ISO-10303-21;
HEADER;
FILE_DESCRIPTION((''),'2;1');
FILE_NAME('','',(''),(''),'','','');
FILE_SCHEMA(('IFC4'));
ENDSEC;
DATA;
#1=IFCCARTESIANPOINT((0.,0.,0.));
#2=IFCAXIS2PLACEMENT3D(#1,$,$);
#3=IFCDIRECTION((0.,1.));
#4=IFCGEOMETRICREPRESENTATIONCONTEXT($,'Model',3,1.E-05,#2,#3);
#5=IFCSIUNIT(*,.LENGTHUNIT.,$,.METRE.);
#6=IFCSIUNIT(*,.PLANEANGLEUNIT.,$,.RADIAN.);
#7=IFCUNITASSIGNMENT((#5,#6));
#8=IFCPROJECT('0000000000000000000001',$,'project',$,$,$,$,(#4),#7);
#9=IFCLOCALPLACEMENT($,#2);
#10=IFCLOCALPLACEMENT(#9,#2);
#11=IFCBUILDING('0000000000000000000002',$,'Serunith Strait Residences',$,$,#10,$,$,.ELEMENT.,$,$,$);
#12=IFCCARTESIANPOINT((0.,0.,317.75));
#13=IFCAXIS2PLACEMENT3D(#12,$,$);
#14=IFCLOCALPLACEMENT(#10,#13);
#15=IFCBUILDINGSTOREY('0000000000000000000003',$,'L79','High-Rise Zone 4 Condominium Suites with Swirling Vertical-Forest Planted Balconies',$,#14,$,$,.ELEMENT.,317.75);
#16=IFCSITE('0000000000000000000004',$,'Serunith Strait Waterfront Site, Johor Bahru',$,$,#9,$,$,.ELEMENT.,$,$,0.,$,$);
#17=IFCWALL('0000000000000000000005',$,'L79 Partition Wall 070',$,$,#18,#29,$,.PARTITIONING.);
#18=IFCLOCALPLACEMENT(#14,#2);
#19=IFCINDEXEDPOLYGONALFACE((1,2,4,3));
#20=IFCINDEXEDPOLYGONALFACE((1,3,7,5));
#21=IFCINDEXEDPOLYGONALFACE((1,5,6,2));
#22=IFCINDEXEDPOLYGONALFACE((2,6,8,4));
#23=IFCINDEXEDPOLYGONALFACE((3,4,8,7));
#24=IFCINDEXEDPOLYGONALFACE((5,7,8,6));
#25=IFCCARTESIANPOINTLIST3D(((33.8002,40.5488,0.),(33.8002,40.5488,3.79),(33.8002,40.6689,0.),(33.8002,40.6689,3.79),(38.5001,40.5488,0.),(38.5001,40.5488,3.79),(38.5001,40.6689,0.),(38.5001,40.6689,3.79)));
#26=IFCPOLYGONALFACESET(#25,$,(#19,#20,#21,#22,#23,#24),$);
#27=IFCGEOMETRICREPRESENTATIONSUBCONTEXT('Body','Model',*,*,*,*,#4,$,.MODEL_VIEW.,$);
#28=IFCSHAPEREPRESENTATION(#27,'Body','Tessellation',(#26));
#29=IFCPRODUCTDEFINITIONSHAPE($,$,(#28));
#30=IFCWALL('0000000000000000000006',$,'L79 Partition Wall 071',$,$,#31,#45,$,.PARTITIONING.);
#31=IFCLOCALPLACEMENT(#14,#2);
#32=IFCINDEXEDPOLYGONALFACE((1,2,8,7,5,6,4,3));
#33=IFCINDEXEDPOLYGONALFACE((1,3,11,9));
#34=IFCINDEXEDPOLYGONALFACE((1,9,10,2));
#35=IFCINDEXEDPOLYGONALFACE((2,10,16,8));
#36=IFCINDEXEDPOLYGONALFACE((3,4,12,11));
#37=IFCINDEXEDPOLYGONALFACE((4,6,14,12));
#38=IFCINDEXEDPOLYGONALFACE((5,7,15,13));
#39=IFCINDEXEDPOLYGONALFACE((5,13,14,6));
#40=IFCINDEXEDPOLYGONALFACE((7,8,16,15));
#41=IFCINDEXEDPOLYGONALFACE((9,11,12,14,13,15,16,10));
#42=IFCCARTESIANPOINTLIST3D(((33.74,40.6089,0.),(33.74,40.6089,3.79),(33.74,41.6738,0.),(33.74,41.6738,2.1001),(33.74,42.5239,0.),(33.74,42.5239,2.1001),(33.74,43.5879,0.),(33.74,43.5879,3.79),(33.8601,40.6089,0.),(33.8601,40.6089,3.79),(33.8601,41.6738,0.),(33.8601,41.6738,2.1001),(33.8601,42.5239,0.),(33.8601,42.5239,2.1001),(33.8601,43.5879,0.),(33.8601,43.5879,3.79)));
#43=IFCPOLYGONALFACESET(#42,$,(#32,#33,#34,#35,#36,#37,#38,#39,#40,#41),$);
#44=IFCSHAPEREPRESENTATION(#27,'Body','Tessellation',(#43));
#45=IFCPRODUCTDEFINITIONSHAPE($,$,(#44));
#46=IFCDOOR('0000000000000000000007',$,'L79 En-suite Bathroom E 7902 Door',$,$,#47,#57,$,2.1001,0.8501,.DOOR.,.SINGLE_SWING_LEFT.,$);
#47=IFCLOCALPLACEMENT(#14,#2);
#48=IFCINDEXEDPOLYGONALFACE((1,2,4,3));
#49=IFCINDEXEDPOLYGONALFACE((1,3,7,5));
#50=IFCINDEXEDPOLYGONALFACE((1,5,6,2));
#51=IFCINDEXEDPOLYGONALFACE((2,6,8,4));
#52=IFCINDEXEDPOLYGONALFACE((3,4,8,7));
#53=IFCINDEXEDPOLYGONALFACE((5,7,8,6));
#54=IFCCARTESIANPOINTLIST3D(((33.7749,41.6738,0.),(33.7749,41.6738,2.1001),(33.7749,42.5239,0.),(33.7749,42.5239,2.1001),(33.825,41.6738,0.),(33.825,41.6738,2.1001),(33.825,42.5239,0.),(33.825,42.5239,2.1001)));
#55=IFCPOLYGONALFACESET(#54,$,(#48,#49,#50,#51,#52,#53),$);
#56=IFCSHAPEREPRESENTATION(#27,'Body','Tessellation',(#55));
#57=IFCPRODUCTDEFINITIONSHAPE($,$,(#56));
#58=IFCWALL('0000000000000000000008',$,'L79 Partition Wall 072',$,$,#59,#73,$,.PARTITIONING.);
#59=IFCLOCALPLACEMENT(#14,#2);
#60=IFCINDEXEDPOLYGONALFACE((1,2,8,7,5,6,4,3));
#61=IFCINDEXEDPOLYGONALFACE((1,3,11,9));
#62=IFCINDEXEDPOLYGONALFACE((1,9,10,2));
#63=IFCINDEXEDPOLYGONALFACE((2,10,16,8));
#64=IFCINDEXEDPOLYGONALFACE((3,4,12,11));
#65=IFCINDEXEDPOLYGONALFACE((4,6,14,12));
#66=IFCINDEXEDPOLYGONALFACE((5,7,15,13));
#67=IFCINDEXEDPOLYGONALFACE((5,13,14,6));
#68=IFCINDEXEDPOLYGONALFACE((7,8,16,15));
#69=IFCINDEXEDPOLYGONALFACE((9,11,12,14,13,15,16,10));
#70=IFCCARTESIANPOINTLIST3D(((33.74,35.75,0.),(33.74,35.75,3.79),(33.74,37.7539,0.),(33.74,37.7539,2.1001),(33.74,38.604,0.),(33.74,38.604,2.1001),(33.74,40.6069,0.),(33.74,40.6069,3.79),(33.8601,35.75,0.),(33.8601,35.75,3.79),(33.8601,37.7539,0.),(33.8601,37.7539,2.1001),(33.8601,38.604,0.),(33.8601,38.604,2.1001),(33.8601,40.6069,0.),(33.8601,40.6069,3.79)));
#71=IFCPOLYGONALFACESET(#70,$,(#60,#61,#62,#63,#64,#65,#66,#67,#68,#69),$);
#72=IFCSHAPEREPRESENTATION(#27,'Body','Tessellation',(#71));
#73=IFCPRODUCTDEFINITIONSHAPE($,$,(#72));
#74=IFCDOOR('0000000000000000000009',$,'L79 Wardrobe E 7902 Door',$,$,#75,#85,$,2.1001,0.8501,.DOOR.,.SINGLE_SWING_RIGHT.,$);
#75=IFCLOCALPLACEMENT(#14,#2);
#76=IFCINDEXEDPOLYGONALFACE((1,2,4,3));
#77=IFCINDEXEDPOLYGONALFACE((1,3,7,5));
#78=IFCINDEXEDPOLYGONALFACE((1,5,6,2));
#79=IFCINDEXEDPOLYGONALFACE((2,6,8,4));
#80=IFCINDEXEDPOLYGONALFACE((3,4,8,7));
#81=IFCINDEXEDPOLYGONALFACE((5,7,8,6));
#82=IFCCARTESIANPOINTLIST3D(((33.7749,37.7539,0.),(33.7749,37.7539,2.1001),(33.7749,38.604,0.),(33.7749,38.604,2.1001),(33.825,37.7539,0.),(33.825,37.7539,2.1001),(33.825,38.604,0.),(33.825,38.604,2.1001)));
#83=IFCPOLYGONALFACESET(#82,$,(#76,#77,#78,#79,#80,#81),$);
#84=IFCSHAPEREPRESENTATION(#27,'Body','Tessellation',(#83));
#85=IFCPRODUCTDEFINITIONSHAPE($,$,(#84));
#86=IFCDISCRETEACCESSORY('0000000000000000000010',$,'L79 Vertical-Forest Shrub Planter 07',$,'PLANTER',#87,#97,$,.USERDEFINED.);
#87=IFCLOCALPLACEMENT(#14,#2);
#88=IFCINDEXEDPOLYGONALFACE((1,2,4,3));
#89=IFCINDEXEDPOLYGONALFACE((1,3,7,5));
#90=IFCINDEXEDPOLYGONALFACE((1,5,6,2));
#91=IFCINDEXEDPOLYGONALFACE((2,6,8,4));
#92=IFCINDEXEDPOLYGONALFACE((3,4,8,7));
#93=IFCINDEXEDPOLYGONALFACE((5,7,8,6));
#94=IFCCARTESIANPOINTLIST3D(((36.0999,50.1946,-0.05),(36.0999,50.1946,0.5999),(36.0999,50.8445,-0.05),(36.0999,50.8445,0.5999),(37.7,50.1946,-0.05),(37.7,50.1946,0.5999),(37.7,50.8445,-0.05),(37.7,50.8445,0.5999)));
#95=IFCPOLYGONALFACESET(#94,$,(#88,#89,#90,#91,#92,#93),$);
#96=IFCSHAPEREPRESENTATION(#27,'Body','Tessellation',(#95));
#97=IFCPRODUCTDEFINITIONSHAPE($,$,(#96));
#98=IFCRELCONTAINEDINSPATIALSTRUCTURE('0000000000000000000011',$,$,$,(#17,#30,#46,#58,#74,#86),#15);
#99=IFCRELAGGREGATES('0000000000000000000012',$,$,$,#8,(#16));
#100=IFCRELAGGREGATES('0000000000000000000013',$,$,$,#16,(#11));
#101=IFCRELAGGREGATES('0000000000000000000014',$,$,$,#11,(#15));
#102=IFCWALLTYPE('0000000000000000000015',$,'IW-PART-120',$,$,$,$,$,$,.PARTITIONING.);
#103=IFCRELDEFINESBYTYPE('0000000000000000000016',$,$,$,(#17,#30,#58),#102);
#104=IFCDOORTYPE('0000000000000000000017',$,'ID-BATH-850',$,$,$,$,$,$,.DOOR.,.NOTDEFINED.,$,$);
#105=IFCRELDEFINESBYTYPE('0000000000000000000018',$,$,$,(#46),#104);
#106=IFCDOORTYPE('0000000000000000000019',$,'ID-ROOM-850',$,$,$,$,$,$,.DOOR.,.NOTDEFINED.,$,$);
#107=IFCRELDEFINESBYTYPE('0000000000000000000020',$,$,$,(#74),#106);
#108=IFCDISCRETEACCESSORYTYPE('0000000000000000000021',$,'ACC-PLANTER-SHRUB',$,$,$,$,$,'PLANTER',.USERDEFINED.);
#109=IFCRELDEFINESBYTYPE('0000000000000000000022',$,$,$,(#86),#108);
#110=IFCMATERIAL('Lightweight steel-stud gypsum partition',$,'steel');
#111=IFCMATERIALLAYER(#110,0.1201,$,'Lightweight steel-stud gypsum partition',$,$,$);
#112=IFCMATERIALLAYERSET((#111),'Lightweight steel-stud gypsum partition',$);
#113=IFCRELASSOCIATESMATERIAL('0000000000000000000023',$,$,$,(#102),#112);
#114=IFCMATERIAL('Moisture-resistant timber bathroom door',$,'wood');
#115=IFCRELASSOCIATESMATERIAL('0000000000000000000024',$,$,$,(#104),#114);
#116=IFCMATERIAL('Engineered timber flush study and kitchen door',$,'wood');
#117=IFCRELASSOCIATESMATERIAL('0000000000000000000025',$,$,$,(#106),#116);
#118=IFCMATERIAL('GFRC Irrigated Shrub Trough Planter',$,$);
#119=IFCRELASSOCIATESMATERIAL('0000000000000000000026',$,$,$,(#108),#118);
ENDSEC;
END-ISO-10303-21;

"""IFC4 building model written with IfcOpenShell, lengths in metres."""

from ifc_helpers import new_model, si_unit, direction, frame, frame_2d, origin, origin_2d, place, context, subcontext, project, spatial, rectangle, extrude, source, transform, mapped, material, layer, layer_set, type_object, element, fill, save


model = new_model("IFC4")

# Units and contexts
model_context = context("Model", 3, precision=1e-05, world=origin(), true_north=direction((0.0, 1.0)))
body_context = subcontext(model_context, "Body", "Model", "MODEL_VIEW")
ifc_project = project(units=[si_unit("LENGTHUNIT", "METRE"), si_unit("PLANEANGLEUNIT", "RADIAN")], contexts=[model_context])

# Site, building, storey
site_placement = place(None, origin())
site = spatial("IfcSite", under=ifc_project, at=site_placement, Name="Serunith Strait Waterfront Site, Johor Bahru", CompositionType="ELEMENT", RefElevation=0.0)
building_placement = place(site_placement, origin())
building = spatial("IfcBuilding", under=site, at=building_placement, Name="Serunith Strait Residences", CompositionType="ELEMENT")
storey_placement = place(building_placement, frame((0.0, 0.0, 317.75)))
storey = spatial("IfcBuildingStorey", under=building, at=storey_placement, Name="L79", Description="High-Rise Zone 4 Condominium Suites with Swirling Vertical-Forest Planted Balconies", CompositionType="ELEMENT", Elevation=317.75)

# Wall
ifc_material_1 = material(Name="Lightweight steel-stud gypsum partition", Category="steel")
ifc_layer_1 = layer(ifc_material_1, 0.1201, Name="Lightweight steel-stud gypsum partition")
ifc_layer_set_1 = layer_set([ifc_layer_1], Name="Lightweight steel-stud gypsum partition")
wall_type_1 = type_object("IfcWallType", Name="IW-PART-120", PredefinedType="PARTITIONING", material=ifc_layer_set_1)
wall_1_placement = place(storey_placement, frame((33.8, 40.6089, 0.0), z_axis=(0.0, 0.0, 1.0), x_axis=(1.0, 0.0, 0.0)))
element("IfcWall", 1, at=wall_1_placement, inside=storey, type_object=wall_type_1, Name="L79 Partition Wall 070", PredefinedType="PARTITIONING", context=body_context, shape_type="SweptSolid", body=[
    extrude(rectangle(XDim=4.7, YDim=0.1201, at=frame_2d((2.3501, 0.0))), origin(), (0.0, 0.0, 1.0), 3.79),
])

# Walls, openings, doors
wall_2_placement = place(storey_placement, frame((33.8, 43.5879, 0.0), z_axis=(0.0, 0.0, 1.0), x_axis=(0.0, -1.0, 0.0)))
wall_2 = element("IfcWall", 2, at=wall_2_placement, inside=storey, type_object=wall_type_1, Name="L79 Partition Wall 071", PredefinedType="PARTITIONING", context=body_context, shape_type="SweptSolid", body=[
    extrude(rectangle(XDim=2.979, YDim=0.1201, at=frame_2d((1.4895, 0.0))), origin(), (0.0, 0.0, 1.0), 3.79),
])
opening_1_placement = place(wall_2_placement, frame((1.064, 0.0, 0.0)))
opening_1 = element("IfcOpeningElement", 3, at=opening_1_placement, cuts=wall_2, PredefinedType="OPENING", context=body_context, shape_type="SweptSolid", body=[
    extrude(rectangle(XDim=0.8501, YDim=2.1001, at=frame_2d((0.425, 1.05))), frame((0.0, 0.0701, 0.0), z_axis=(0.0, -1.0, 0.0), x_axis=(1.0, 0.0, 0.0)), (0.0, 0.0, 1.0), 0.1401),
])
ifc_material_2 = material(Name="Moisture-resistant timber bathroom door", Category="wood")
door_type_1 = type_object("IfcDoorType", Name="ID-BATH-850", OperationType="NOTDEFINED", PredefinedType="DOOR", material=ifc_material_2)
shared_shape_1 = source(origin(), body_context, "Body", "SweptSolid", [
    extrude(rectangle(XDim=0.8501, YDim=2.1001, at=frame_2d((0.425, 1.05))), frame((0.0, 0.0249, 0.0), z_axis=(0.0, -1.0, 0.0), x_axis=(1.0, 0.0, 0.0)), (0.0, 0.0, 1.0), 0.05),
])
door_1_placement = place(opening_1_placement, origin())
door_1 = element("IfcDoor", 4, at=door_1_placement, inside=storey, type_object=door_type_1, Name="L79 En-suite Bathroom E 7902 Door", OperationType="SINGLE_SWING_LEFT", OverallHeight=2.1001, OverallWidth=0.8501, PredefinedType="DOOR", context=body_context, shape_type="MappedRepresentation", body=[
    mapped(shared_shape_1, transform((0.0, 0.0, 0.0), scale=1.0)),
])
fill(opening_1, door_1)
wall_3_placement = place(storey_placement, frame((33.8, 40.6069, 0.0), z_axis=(0.0, 0.0, 1.0), x_axis=(0.0, -1.0, 0.0)))
wall_3 = element("IfcWall", 5, at=wall_3_placement, inside=storey, type_object=wall_type_1, Name="L79 Partition Wall 072", PredefinedType="PARTITIONING", context=body_context, shape_type="SweptSolid", body=[
    extrude(rectangle(XDim=4.8569, YDim=0.1201, at=frame_2d((2.4285, 0.0))), origin(), (0.0, 0.0, 1.0), 3.79),
])
opening_2_placement = place(wall_3_placement, frame((2.0029, 0.0, 0.0)))
opening_2 = element("IfcOpeningElement", 6, at=opening_2_placement, cuts=wall_3, PredefinedType="OPENING", context=body_context, shape_type="SweptSolid", body=[
    extrude(rectangle(XDim=0.8501, YDim=2.1001, at=frame_2d((0.425, 1.05))), frame((0.0, 0.0701, 0.0), z_axis=(0.0, -1.0, 0.0), x_axis=(1.0, 0.0, 0.0)), (0.0, 0.0, 1.0), 0.1401),
])
ifc_material_3 = material(Name="Engineered timber flush study and kitchen door", Category="wood")
door_type_2 = type_object("IfcDoorType", Name="ID-ROOM-850", OperationType="NOTDEFINED", PredefinedType="DOOR", material=ifc_material_3)
door_2_placement = place(opening_2_placement, origin())
door_2 = element("IfcDoor", 7, at=door_2_placement, inside=storey, type_object=door_type_2, Name="L79 Wardrobe E 7902 Door", OperationType="SINGLE_SWING_RIGHT", OverallHeight=2.1001, OverallWidth=0.8501, PredefinedType="DOOR", context=body_context, shape_type="MappedRepresentation", body=[
    mapped(shared_shape_1, transform((0.0, 0.0, 0.0), scale=1.0)),
])
fill(opening_2, door_2)

# Discrete accessory
ifc_material_4 = material(Name="GFRC Irrigated Shrub Trough Planter")
discrete_accessory_type = type_object("IfcDiscreteAccessoryType", Name="ACC-PLANTER-SHRUB", ElementType="PLANTER", PredefinedType="USERDEFINED", material=ifc_material_4)
shared_shape_2 = source(origin(), body_context, "Body", "SweptSolid", [
    extrude(rectangle(XDim=1.6001, YDim=0.6499, at=origin_2d()), origin(), (0.0, 0.0, 1.0), 0.6499),
])
discrete_accessory_placement = place(storey_placement, frame((36.8999, 50.5195, -0.05), z_axis=(0.0, 0.0, 1.0), x_axis=(-1.0, 0.0, 0.0)))
element("IfcDiscreteAccessory", 8, at=discrete_accessory_placement, inside=storey, type_object=discrete_accessory_type, Name="L79 Vertical-Forest Shrub Planter 07", ObjectType="PLANTER", PredefinedType="USERDEFINED", context=body_context, shape_type="MappedRepresentation", body=[
    mapped(shared_shape_2, transform((0.0, 0.0, 0.0), scale=1.0)),
])

save(model, "model.ifc")
